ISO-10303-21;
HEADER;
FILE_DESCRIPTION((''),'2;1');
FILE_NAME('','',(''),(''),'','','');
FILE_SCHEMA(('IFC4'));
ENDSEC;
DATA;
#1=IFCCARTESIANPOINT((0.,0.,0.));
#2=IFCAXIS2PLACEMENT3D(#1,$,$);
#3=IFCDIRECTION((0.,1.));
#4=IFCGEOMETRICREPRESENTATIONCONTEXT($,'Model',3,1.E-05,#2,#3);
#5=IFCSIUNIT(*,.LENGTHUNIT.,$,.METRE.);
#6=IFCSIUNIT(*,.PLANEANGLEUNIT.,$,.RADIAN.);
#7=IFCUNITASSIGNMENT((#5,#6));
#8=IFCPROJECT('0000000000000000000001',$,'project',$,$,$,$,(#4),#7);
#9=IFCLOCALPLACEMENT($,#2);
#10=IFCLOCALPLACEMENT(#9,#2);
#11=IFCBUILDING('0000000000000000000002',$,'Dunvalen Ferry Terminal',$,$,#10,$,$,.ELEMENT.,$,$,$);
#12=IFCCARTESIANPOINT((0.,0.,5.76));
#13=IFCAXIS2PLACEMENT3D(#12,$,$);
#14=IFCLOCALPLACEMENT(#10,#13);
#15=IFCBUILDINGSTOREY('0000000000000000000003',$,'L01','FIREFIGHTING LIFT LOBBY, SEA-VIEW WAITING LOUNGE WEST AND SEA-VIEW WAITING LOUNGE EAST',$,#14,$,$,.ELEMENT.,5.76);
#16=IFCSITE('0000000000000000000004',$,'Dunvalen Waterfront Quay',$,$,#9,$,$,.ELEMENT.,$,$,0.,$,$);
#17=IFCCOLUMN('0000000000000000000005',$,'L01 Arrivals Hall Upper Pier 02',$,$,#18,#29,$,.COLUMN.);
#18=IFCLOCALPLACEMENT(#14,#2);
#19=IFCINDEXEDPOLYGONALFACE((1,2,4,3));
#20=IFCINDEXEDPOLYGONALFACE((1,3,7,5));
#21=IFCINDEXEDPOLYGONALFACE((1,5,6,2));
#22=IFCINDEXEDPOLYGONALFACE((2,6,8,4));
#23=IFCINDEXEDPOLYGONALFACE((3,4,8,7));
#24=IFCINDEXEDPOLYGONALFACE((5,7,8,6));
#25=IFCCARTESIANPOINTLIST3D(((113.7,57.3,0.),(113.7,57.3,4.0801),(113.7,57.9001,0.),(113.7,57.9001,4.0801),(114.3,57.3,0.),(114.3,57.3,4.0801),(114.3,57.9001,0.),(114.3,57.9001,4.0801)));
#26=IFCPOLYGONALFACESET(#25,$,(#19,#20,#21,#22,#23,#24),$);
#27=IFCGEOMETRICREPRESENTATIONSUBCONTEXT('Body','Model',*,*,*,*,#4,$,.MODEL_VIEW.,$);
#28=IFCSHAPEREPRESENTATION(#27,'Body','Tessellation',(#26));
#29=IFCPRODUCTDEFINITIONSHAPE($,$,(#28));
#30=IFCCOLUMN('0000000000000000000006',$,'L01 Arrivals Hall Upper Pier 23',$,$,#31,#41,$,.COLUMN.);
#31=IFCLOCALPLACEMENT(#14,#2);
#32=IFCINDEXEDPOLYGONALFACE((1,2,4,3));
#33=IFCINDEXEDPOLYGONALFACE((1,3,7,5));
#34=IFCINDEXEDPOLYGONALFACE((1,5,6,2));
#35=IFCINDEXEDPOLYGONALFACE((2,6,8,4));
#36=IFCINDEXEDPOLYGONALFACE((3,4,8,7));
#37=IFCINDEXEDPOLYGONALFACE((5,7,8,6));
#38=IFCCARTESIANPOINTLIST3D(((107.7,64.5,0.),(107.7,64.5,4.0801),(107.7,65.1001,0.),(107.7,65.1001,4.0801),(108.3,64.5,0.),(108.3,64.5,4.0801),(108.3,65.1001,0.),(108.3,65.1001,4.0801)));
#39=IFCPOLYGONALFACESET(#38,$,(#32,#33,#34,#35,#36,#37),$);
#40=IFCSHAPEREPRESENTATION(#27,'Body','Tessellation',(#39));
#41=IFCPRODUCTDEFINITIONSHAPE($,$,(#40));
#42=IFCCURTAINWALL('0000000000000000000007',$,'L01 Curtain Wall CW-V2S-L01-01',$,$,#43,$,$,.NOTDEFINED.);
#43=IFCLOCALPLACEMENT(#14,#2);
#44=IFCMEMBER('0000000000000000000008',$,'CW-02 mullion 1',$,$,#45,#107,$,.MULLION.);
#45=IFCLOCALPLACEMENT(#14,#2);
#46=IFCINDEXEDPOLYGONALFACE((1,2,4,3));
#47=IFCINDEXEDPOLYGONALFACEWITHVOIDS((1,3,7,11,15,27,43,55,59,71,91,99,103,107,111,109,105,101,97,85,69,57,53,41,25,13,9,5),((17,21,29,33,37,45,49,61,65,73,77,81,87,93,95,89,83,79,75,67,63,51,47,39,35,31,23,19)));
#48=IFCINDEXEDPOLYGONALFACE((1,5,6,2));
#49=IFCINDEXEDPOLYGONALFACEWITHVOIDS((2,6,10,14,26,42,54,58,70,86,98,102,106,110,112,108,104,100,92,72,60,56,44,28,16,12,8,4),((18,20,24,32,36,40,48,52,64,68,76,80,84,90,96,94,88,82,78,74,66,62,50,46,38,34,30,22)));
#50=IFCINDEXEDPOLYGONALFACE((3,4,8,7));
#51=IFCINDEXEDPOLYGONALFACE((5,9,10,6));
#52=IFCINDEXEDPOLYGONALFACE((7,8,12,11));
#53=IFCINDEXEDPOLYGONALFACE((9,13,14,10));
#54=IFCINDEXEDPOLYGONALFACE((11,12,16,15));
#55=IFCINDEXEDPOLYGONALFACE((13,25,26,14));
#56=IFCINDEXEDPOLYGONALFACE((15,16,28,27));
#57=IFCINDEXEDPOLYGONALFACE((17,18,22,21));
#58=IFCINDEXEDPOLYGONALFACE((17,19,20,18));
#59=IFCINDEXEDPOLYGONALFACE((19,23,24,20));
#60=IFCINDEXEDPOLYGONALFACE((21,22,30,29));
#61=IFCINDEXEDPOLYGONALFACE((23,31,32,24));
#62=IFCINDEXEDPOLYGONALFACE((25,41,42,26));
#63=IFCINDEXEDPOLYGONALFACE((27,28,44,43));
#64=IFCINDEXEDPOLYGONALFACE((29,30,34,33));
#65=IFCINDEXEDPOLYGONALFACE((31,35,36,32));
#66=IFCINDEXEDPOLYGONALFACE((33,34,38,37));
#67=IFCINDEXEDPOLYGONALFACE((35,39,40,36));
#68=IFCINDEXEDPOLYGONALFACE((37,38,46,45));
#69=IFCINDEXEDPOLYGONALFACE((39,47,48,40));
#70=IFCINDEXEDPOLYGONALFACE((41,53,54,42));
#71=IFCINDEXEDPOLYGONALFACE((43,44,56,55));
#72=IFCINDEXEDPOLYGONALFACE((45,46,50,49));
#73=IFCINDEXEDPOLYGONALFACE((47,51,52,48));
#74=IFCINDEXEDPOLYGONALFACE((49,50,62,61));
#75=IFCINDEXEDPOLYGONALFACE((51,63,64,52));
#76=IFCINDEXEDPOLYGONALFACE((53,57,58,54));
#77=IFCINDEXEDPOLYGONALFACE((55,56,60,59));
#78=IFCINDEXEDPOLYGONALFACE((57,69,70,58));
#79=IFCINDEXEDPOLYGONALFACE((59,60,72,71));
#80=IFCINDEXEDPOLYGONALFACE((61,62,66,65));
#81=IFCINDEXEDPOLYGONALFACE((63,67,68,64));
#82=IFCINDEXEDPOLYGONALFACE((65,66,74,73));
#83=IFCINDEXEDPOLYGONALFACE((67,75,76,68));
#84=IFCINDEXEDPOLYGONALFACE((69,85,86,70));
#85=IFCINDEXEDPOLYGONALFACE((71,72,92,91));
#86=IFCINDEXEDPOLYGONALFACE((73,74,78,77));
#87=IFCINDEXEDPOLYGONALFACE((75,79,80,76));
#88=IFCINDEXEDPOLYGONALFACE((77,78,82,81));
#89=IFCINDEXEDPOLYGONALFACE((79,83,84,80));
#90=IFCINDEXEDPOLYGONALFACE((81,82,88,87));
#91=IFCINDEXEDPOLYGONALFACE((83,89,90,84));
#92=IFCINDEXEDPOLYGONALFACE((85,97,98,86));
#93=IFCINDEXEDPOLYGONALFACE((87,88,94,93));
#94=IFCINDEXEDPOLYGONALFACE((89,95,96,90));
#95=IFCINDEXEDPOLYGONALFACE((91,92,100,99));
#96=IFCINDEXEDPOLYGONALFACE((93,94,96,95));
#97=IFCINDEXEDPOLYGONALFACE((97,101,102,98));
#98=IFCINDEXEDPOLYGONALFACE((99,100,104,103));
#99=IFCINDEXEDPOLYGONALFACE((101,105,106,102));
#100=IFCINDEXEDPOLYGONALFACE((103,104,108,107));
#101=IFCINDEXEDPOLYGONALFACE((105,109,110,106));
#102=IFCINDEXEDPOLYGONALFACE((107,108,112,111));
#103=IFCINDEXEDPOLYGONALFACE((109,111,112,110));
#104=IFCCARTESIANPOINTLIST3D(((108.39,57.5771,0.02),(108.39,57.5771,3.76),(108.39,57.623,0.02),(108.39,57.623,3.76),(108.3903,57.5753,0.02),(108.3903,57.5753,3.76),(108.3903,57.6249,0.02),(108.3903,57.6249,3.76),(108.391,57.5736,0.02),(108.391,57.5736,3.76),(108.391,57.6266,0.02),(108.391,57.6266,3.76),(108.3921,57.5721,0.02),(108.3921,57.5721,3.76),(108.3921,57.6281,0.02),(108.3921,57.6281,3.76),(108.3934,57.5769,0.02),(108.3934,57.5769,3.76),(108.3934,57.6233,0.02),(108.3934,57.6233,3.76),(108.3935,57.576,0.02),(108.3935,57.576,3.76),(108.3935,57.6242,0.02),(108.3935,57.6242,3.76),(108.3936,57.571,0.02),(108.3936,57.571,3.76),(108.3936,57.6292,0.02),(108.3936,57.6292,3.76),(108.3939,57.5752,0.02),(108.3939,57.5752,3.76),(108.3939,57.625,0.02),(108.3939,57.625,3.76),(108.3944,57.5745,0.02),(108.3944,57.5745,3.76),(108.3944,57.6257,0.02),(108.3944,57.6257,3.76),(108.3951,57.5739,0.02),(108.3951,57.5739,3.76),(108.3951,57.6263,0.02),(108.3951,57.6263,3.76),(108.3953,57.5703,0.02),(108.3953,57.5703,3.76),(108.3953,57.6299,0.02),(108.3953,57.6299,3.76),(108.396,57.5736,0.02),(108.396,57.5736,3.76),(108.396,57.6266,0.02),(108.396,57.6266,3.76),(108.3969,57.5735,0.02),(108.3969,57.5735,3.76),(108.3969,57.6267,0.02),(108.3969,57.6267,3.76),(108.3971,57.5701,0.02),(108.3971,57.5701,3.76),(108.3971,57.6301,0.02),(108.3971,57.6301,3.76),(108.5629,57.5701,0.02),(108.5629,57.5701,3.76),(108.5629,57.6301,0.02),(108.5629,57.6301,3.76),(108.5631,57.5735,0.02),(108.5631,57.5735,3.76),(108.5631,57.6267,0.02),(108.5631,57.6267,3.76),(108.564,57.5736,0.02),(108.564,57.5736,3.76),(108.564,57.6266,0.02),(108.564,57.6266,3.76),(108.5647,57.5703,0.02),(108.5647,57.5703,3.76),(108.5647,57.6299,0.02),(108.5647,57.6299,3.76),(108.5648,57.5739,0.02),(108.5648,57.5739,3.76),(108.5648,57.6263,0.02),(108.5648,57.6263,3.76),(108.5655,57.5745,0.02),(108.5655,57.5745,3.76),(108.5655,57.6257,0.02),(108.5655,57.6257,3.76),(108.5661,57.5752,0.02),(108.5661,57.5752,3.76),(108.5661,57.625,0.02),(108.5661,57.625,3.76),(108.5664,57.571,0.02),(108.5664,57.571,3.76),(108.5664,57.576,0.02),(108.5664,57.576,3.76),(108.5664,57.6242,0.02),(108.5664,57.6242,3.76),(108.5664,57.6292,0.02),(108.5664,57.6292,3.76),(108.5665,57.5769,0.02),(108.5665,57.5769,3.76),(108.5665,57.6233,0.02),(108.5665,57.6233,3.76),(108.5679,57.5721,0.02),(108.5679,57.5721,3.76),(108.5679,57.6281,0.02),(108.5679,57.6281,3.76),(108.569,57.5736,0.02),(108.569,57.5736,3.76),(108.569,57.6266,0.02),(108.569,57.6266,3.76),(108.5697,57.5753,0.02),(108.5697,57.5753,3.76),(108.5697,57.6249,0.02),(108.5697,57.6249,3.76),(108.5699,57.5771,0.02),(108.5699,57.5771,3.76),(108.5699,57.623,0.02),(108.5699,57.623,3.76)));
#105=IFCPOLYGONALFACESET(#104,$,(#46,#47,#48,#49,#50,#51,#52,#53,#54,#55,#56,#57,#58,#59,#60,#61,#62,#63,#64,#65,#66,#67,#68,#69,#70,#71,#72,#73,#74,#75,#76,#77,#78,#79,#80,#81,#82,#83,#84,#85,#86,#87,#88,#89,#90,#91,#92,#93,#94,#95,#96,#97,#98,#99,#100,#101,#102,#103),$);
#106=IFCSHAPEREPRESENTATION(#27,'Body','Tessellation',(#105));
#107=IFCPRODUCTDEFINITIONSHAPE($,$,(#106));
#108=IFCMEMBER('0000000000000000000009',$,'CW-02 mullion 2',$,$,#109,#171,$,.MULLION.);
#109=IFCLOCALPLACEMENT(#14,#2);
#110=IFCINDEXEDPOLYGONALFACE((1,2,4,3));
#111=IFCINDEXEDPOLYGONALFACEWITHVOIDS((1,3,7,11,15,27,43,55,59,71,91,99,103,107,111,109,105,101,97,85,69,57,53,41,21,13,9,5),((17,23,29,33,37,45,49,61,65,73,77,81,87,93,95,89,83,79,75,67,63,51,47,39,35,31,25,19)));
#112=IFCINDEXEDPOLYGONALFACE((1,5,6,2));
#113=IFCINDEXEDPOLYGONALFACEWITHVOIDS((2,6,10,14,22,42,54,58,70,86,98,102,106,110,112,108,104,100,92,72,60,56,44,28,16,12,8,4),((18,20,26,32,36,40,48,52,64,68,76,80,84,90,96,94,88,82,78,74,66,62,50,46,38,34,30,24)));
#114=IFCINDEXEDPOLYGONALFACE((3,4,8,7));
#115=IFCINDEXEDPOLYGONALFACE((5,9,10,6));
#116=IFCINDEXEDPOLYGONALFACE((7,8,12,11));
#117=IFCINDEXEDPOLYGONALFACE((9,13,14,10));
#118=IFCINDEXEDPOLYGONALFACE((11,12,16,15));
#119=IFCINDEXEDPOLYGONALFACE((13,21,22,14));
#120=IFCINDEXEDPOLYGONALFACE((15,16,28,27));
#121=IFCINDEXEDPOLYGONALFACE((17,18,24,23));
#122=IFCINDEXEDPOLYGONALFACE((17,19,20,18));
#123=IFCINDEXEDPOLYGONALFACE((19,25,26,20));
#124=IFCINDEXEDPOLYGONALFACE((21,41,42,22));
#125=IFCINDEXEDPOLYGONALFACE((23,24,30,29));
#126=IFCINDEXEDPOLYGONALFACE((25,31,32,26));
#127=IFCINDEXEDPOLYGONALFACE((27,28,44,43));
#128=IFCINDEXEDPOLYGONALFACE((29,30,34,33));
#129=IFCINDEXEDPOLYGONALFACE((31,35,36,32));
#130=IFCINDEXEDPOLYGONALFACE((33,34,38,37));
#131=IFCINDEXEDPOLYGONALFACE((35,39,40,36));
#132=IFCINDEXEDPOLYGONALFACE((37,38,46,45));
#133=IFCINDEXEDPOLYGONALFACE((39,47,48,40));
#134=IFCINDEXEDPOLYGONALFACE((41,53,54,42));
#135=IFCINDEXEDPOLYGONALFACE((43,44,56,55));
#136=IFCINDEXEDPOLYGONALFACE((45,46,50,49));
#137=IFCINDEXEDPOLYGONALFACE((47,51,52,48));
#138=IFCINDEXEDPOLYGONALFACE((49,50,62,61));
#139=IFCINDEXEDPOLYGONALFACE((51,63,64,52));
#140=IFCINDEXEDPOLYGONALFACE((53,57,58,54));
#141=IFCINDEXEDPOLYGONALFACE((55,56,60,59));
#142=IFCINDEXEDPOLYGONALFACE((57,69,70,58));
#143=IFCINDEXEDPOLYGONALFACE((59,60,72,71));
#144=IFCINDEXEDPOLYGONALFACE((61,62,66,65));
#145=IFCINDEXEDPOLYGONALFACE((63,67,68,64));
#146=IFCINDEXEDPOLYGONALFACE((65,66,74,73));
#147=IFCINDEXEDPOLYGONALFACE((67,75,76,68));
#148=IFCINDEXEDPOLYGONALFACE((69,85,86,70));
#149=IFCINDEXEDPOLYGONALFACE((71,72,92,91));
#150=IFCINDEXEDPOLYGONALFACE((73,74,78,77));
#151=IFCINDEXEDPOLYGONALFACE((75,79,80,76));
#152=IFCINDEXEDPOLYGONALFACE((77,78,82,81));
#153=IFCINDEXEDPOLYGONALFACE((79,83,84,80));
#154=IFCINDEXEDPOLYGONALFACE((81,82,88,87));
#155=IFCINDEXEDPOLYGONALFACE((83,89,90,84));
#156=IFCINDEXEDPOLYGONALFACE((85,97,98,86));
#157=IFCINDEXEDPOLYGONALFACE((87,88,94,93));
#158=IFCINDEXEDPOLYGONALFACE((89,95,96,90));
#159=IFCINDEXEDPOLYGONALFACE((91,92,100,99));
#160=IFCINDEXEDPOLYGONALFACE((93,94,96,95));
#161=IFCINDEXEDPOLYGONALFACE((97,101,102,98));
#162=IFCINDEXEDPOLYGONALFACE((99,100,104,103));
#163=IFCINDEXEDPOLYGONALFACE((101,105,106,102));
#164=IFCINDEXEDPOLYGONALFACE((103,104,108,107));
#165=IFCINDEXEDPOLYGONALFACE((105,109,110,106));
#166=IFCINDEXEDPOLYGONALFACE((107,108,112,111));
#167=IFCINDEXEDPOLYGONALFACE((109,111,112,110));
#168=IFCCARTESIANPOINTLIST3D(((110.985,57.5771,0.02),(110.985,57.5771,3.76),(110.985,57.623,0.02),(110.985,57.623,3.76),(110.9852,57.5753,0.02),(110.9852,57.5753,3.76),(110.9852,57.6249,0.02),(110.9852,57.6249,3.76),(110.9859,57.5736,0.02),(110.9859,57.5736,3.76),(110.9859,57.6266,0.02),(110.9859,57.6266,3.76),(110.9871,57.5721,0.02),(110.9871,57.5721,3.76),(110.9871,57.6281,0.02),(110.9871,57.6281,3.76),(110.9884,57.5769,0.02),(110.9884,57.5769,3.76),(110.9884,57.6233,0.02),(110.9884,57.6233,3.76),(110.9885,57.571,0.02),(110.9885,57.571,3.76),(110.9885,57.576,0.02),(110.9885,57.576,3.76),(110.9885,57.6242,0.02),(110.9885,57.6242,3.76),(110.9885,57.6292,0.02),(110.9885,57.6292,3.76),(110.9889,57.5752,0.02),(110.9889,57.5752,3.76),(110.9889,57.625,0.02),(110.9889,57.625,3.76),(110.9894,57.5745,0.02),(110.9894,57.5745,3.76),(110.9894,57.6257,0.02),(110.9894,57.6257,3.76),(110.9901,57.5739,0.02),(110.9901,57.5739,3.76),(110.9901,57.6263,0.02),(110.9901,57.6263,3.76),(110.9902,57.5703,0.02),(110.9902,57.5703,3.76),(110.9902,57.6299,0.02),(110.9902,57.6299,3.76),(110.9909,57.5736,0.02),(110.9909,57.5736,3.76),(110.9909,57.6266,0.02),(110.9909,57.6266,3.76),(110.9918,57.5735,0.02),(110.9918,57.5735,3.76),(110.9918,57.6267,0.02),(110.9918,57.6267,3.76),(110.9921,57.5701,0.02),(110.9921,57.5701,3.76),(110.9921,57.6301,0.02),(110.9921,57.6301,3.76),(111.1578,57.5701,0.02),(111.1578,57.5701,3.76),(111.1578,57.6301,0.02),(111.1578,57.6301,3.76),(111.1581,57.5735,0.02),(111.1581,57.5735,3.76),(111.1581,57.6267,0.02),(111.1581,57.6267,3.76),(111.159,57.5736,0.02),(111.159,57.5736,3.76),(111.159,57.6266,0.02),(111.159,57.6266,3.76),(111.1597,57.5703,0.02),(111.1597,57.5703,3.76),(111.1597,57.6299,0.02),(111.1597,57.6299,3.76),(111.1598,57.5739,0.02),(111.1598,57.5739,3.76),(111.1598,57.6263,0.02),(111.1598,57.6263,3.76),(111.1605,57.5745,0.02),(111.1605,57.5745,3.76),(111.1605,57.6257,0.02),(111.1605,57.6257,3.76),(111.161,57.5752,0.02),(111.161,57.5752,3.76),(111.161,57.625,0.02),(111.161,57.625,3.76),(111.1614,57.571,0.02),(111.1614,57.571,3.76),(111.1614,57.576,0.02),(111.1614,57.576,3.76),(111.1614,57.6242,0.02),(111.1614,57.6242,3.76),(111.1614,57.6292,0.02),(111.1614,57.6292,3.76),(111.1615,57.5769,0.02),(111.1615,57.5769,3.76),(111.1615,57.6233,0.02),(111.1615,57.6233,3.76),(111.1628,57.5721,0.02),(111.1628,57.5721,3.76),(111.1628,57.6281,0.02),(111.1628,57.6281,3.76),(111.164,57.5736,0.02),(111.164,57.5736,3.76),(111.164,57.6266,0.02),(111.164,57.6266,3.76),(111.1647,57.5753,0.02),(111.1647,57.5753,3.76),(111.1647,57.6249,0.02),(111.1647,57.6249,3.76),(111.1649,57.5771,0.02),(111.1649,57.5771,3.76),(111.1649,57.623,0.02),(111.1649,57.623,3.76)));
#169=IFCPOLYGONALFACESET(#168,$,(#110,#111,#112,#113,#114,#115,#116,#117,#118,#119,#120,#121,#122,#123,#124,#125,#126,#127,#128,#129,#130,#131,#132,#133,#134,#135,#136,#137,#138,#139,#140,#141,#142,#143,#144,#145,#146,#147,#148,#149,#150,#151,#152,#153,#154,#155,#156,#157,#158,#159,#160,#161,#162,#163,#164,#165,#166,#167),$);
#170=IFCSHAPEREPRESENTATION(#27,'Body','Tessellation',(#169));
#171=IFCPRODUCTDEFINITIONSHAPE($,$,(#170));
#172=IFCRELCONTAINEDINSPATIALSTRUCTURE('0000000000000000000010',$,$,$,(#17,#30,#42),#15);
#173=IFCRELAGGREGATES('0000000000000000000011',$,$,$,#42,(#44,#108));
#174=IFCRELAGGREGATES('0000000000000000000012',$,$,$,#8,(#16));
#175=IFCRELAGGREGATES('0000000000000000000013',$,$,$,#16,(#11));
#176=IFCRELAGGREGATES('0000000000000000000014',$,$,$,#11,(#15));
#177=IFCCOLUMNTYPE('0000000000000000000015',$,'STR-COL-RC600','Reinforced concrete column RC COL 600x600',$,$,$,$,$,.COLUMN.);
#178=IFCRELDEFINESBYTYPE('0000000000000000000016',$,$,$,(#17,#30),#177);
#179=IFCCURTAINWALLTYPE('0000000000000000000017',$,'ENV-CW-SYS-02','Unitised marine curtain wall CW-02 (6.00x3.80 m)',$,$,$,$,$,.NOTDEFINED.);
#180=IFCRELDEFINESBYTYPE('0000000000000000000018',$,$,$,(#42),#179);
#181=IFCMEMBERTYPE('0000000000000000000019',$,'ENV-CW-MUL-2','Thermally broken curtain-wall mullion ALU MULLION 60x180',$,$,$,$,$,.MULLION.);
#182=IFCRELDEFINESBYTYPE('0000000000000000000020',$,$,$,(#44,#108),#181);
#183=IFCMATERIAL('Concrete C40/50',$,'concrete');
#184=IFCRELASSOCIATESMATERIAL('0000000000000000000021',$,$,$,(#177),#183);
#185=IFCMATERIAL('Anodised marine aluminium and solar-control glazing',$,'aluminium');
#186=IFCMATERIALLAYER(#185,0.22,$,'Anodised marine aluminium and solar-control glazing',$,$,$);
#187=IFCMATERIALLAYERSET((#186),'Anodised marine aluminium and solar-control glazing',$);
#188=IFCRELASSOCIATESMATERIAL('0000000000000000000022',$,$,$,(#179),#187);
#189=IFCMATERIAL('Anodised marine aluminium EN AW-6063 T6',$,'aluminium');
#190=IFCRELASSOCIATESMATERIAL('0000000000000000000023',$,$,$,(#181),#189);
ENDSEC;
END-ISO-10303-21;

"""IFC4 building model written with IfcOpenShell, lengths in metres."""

from ifc_helpers import new_model, si_unit, direction, frame, origin, origin_2d, place, context, subcontext, project, spatial, rectangle, hollow_rectangle, extrude, material, layer, layer_set, material_profile, profile_set, type_object, element, aggregate, save


model = new_model("IFC4")

# Units and contexts
model_context = context("Model", 3, precision=1e-05, world=origin(), true_north=direction((0.0, 1.0)))
body_context = subcontext(model_context, "Body", "Model", "MODEL_VIEW")
ifc_project = project(units=[si_unit("LENGTHUNIT", "METRE"), si_unit("PLANEANGLEUNIT", "RADIAN")], contexts=[model_context])

# Site, building, storey
site_placement = place(None, origin())
site = spatial("IfcSite", under=ifc_project, at=site_placement, Name="Dunvalen Waterfront Quay", CompositionType="ELEMENT", RefElevation=0.0)
building_placement = place(site_placement, origin())
building = spatial("IfcBuilding", under=site, at=building_placement, Name="Dunvalen Ferry Terminal", CompositionType="ELEMENT")
storey_placement = place(building_placement, frame((0.0, 0.0, 5.76)))
storey = spatial("IfcBuildingStorey", under=building, at=storey_placement, Name="L01", Description="FIREFIGHTING LIFT LOBBY, SEA-VIEW WAITING LOUNGE WEST AND SEA-VIEW WAITING LOUNGE EAST", CompositionType="ELEMENT", Elevation=5.76)

# Columns
ifc_material_1 = material(Name="Concrete C40/50", Category="concrete")
ifc_material_profile_1 = material_profile(ifc_material_1, rectangle(XDim=0.6001, YDim=0.6001, at=origin_2d()), Name="Concrete C40/50")
ifc_profile_set_1 = profile_set([ifc_material_profile_1], Name="Concrete C40/50")
column_type = type_object("IfcColumnType", Name="STR-COL-RC600", Description="Reinforced concrete column RC COL 600x600", PredefinedType="COLUMN", material=ifc_profile_set_1)
for number, where, z_axis, x_axis, name in (
    (1, (114.0, 57.6001, 0.0), (0.0, 0.0, 1.0), (1.0, 0.0, 0.0), "L01 Arrivals Hall Upper Pier 02"),
    (2, (108.0, 64.8, 0.0), (0.0, 0.0, 1.0), (1.0, 0.0, 0.0), "L01 Arrivals Hall Upper Pier 23"),
):
    element("IfcColumn", number, at=place(storey_placement, frame(where, z_axis=z_axis, x_axis=x_axis)), inside=storey, type_object=column_type, Name=name, PredefinedType="COLUMN", context=body_context, shape_type="SweptSolid", body=[
        extrude(rectangle(XDim=0.6001, YDim=0.6001, at=origin_2d()), origin(), (0.0, 0.0, 1.0), 4.0801),
    ])

# Curtain wall, members
ifc_material_2 = material(Name="Anodised marine aluminium and solar-control glazing", Category="aluminium")
ifc_layer_1 = layer(ifc_material_2, 0.22, Name="Anodised marine aluminium and solar-control glazing")
ifc_layer_set_1 = layer_set([ifc_layer_1], Name="Anodised marine aluminium and solar-control glazing")
curtain_wall_type_1 = type_object("IfcCurtainWallType", Name="ENV-CW-SYS-02", Description="Unitised marine curtain wall CW-02 (6.00x3.80 m)", PredefinedType="NOTDEFINED", material=ifc_layer_set_1)
curtain_wall_1_placement = place(storey_placement, origin())
curtain_wall_1 = element("IfcCurtainWall", 3, at=curtain_wall_1_placement, inside=storey, type_object=curtain_wall_type_1, Name="L01 Curtain Wall CW-V2S-L01-01", PredefinedType="NOTDEFINED")
ifc_material_3 = material(Name="Anodised marine aluminium EN AW-6063 T6", Category="aluminium")
ifc_material_profile_2 = material_profile(ifc_material_3, hollow_rectangle(XDim=0.0601, YDim=0.1799, WallThickness=0.0034, InnerFilletRadius=0.0034, OuterFilletRadius=0.0071, at=origin_2d()), Name="Anodised marine aluminium EN AW-6063 T6")
ifc_profile_set_2 = profile_set([ifc_material_profile_2], Name="Anodised marine aluminium EN AW-6063 T6")
member_type_1 = type_object("IfcMemberType", Name="ENV-CW-MUL-2", Description="Thermally broken curtain-wall mullion ALU MULLION 60x180", PredefinedType="MULLION", material=ifc_profile_set_2)
member_1_placement = place(storey_placement, frame((108.48, 57.6001, 0.02), z_axis=(0.0, 0.0, 1.0), x_axis=(0.0, 1.0, 0.0)))
member_1 = element("IfcMember", 4, at=member_1_placement, type_object=member_type_1, Name="CW-02 mullion 1", PredefinedType="MULLION", context=body_context, shape_type="SweptSolid", body=[
    extrude(hollow_rectangle(XDim=0.0601, YDim=0.1799, WallThickness=0.0034, InnerFilletRadius=0.0034, OuterFilletRadius=0.0071, at=origin_2d()), origin(), (0.0, 0.0, 1.0), 3.74),
])
member_2_placement = place(storey_placement, frame((111.075, 57.6001, 0.02), z_axis=(0.0, 0.0, 1.0), x_axis=(0.0, 1.0, 0.0)))
member_2 = element("IfcMember", 5, at=member_2_placement, type_object=member_type_1, Name="CW-02 mullion 2", PredefinedType="MULLION", context=body_context, shape_type="SweptSolid", body=[
    extrude(hollow_rectangle(XDim=0.0601, YDim=0.1799, WallThickness=0.0034, InnerFilletRadius=0.0034, OuterFilletRadius=0.0071, at=origin_2d()), origin(), (0.0, 0.0, 1.0), 3.74),
])

aggregate(curtain_wall_1, [member_1, member_2])

save(model, "model.ifc")
